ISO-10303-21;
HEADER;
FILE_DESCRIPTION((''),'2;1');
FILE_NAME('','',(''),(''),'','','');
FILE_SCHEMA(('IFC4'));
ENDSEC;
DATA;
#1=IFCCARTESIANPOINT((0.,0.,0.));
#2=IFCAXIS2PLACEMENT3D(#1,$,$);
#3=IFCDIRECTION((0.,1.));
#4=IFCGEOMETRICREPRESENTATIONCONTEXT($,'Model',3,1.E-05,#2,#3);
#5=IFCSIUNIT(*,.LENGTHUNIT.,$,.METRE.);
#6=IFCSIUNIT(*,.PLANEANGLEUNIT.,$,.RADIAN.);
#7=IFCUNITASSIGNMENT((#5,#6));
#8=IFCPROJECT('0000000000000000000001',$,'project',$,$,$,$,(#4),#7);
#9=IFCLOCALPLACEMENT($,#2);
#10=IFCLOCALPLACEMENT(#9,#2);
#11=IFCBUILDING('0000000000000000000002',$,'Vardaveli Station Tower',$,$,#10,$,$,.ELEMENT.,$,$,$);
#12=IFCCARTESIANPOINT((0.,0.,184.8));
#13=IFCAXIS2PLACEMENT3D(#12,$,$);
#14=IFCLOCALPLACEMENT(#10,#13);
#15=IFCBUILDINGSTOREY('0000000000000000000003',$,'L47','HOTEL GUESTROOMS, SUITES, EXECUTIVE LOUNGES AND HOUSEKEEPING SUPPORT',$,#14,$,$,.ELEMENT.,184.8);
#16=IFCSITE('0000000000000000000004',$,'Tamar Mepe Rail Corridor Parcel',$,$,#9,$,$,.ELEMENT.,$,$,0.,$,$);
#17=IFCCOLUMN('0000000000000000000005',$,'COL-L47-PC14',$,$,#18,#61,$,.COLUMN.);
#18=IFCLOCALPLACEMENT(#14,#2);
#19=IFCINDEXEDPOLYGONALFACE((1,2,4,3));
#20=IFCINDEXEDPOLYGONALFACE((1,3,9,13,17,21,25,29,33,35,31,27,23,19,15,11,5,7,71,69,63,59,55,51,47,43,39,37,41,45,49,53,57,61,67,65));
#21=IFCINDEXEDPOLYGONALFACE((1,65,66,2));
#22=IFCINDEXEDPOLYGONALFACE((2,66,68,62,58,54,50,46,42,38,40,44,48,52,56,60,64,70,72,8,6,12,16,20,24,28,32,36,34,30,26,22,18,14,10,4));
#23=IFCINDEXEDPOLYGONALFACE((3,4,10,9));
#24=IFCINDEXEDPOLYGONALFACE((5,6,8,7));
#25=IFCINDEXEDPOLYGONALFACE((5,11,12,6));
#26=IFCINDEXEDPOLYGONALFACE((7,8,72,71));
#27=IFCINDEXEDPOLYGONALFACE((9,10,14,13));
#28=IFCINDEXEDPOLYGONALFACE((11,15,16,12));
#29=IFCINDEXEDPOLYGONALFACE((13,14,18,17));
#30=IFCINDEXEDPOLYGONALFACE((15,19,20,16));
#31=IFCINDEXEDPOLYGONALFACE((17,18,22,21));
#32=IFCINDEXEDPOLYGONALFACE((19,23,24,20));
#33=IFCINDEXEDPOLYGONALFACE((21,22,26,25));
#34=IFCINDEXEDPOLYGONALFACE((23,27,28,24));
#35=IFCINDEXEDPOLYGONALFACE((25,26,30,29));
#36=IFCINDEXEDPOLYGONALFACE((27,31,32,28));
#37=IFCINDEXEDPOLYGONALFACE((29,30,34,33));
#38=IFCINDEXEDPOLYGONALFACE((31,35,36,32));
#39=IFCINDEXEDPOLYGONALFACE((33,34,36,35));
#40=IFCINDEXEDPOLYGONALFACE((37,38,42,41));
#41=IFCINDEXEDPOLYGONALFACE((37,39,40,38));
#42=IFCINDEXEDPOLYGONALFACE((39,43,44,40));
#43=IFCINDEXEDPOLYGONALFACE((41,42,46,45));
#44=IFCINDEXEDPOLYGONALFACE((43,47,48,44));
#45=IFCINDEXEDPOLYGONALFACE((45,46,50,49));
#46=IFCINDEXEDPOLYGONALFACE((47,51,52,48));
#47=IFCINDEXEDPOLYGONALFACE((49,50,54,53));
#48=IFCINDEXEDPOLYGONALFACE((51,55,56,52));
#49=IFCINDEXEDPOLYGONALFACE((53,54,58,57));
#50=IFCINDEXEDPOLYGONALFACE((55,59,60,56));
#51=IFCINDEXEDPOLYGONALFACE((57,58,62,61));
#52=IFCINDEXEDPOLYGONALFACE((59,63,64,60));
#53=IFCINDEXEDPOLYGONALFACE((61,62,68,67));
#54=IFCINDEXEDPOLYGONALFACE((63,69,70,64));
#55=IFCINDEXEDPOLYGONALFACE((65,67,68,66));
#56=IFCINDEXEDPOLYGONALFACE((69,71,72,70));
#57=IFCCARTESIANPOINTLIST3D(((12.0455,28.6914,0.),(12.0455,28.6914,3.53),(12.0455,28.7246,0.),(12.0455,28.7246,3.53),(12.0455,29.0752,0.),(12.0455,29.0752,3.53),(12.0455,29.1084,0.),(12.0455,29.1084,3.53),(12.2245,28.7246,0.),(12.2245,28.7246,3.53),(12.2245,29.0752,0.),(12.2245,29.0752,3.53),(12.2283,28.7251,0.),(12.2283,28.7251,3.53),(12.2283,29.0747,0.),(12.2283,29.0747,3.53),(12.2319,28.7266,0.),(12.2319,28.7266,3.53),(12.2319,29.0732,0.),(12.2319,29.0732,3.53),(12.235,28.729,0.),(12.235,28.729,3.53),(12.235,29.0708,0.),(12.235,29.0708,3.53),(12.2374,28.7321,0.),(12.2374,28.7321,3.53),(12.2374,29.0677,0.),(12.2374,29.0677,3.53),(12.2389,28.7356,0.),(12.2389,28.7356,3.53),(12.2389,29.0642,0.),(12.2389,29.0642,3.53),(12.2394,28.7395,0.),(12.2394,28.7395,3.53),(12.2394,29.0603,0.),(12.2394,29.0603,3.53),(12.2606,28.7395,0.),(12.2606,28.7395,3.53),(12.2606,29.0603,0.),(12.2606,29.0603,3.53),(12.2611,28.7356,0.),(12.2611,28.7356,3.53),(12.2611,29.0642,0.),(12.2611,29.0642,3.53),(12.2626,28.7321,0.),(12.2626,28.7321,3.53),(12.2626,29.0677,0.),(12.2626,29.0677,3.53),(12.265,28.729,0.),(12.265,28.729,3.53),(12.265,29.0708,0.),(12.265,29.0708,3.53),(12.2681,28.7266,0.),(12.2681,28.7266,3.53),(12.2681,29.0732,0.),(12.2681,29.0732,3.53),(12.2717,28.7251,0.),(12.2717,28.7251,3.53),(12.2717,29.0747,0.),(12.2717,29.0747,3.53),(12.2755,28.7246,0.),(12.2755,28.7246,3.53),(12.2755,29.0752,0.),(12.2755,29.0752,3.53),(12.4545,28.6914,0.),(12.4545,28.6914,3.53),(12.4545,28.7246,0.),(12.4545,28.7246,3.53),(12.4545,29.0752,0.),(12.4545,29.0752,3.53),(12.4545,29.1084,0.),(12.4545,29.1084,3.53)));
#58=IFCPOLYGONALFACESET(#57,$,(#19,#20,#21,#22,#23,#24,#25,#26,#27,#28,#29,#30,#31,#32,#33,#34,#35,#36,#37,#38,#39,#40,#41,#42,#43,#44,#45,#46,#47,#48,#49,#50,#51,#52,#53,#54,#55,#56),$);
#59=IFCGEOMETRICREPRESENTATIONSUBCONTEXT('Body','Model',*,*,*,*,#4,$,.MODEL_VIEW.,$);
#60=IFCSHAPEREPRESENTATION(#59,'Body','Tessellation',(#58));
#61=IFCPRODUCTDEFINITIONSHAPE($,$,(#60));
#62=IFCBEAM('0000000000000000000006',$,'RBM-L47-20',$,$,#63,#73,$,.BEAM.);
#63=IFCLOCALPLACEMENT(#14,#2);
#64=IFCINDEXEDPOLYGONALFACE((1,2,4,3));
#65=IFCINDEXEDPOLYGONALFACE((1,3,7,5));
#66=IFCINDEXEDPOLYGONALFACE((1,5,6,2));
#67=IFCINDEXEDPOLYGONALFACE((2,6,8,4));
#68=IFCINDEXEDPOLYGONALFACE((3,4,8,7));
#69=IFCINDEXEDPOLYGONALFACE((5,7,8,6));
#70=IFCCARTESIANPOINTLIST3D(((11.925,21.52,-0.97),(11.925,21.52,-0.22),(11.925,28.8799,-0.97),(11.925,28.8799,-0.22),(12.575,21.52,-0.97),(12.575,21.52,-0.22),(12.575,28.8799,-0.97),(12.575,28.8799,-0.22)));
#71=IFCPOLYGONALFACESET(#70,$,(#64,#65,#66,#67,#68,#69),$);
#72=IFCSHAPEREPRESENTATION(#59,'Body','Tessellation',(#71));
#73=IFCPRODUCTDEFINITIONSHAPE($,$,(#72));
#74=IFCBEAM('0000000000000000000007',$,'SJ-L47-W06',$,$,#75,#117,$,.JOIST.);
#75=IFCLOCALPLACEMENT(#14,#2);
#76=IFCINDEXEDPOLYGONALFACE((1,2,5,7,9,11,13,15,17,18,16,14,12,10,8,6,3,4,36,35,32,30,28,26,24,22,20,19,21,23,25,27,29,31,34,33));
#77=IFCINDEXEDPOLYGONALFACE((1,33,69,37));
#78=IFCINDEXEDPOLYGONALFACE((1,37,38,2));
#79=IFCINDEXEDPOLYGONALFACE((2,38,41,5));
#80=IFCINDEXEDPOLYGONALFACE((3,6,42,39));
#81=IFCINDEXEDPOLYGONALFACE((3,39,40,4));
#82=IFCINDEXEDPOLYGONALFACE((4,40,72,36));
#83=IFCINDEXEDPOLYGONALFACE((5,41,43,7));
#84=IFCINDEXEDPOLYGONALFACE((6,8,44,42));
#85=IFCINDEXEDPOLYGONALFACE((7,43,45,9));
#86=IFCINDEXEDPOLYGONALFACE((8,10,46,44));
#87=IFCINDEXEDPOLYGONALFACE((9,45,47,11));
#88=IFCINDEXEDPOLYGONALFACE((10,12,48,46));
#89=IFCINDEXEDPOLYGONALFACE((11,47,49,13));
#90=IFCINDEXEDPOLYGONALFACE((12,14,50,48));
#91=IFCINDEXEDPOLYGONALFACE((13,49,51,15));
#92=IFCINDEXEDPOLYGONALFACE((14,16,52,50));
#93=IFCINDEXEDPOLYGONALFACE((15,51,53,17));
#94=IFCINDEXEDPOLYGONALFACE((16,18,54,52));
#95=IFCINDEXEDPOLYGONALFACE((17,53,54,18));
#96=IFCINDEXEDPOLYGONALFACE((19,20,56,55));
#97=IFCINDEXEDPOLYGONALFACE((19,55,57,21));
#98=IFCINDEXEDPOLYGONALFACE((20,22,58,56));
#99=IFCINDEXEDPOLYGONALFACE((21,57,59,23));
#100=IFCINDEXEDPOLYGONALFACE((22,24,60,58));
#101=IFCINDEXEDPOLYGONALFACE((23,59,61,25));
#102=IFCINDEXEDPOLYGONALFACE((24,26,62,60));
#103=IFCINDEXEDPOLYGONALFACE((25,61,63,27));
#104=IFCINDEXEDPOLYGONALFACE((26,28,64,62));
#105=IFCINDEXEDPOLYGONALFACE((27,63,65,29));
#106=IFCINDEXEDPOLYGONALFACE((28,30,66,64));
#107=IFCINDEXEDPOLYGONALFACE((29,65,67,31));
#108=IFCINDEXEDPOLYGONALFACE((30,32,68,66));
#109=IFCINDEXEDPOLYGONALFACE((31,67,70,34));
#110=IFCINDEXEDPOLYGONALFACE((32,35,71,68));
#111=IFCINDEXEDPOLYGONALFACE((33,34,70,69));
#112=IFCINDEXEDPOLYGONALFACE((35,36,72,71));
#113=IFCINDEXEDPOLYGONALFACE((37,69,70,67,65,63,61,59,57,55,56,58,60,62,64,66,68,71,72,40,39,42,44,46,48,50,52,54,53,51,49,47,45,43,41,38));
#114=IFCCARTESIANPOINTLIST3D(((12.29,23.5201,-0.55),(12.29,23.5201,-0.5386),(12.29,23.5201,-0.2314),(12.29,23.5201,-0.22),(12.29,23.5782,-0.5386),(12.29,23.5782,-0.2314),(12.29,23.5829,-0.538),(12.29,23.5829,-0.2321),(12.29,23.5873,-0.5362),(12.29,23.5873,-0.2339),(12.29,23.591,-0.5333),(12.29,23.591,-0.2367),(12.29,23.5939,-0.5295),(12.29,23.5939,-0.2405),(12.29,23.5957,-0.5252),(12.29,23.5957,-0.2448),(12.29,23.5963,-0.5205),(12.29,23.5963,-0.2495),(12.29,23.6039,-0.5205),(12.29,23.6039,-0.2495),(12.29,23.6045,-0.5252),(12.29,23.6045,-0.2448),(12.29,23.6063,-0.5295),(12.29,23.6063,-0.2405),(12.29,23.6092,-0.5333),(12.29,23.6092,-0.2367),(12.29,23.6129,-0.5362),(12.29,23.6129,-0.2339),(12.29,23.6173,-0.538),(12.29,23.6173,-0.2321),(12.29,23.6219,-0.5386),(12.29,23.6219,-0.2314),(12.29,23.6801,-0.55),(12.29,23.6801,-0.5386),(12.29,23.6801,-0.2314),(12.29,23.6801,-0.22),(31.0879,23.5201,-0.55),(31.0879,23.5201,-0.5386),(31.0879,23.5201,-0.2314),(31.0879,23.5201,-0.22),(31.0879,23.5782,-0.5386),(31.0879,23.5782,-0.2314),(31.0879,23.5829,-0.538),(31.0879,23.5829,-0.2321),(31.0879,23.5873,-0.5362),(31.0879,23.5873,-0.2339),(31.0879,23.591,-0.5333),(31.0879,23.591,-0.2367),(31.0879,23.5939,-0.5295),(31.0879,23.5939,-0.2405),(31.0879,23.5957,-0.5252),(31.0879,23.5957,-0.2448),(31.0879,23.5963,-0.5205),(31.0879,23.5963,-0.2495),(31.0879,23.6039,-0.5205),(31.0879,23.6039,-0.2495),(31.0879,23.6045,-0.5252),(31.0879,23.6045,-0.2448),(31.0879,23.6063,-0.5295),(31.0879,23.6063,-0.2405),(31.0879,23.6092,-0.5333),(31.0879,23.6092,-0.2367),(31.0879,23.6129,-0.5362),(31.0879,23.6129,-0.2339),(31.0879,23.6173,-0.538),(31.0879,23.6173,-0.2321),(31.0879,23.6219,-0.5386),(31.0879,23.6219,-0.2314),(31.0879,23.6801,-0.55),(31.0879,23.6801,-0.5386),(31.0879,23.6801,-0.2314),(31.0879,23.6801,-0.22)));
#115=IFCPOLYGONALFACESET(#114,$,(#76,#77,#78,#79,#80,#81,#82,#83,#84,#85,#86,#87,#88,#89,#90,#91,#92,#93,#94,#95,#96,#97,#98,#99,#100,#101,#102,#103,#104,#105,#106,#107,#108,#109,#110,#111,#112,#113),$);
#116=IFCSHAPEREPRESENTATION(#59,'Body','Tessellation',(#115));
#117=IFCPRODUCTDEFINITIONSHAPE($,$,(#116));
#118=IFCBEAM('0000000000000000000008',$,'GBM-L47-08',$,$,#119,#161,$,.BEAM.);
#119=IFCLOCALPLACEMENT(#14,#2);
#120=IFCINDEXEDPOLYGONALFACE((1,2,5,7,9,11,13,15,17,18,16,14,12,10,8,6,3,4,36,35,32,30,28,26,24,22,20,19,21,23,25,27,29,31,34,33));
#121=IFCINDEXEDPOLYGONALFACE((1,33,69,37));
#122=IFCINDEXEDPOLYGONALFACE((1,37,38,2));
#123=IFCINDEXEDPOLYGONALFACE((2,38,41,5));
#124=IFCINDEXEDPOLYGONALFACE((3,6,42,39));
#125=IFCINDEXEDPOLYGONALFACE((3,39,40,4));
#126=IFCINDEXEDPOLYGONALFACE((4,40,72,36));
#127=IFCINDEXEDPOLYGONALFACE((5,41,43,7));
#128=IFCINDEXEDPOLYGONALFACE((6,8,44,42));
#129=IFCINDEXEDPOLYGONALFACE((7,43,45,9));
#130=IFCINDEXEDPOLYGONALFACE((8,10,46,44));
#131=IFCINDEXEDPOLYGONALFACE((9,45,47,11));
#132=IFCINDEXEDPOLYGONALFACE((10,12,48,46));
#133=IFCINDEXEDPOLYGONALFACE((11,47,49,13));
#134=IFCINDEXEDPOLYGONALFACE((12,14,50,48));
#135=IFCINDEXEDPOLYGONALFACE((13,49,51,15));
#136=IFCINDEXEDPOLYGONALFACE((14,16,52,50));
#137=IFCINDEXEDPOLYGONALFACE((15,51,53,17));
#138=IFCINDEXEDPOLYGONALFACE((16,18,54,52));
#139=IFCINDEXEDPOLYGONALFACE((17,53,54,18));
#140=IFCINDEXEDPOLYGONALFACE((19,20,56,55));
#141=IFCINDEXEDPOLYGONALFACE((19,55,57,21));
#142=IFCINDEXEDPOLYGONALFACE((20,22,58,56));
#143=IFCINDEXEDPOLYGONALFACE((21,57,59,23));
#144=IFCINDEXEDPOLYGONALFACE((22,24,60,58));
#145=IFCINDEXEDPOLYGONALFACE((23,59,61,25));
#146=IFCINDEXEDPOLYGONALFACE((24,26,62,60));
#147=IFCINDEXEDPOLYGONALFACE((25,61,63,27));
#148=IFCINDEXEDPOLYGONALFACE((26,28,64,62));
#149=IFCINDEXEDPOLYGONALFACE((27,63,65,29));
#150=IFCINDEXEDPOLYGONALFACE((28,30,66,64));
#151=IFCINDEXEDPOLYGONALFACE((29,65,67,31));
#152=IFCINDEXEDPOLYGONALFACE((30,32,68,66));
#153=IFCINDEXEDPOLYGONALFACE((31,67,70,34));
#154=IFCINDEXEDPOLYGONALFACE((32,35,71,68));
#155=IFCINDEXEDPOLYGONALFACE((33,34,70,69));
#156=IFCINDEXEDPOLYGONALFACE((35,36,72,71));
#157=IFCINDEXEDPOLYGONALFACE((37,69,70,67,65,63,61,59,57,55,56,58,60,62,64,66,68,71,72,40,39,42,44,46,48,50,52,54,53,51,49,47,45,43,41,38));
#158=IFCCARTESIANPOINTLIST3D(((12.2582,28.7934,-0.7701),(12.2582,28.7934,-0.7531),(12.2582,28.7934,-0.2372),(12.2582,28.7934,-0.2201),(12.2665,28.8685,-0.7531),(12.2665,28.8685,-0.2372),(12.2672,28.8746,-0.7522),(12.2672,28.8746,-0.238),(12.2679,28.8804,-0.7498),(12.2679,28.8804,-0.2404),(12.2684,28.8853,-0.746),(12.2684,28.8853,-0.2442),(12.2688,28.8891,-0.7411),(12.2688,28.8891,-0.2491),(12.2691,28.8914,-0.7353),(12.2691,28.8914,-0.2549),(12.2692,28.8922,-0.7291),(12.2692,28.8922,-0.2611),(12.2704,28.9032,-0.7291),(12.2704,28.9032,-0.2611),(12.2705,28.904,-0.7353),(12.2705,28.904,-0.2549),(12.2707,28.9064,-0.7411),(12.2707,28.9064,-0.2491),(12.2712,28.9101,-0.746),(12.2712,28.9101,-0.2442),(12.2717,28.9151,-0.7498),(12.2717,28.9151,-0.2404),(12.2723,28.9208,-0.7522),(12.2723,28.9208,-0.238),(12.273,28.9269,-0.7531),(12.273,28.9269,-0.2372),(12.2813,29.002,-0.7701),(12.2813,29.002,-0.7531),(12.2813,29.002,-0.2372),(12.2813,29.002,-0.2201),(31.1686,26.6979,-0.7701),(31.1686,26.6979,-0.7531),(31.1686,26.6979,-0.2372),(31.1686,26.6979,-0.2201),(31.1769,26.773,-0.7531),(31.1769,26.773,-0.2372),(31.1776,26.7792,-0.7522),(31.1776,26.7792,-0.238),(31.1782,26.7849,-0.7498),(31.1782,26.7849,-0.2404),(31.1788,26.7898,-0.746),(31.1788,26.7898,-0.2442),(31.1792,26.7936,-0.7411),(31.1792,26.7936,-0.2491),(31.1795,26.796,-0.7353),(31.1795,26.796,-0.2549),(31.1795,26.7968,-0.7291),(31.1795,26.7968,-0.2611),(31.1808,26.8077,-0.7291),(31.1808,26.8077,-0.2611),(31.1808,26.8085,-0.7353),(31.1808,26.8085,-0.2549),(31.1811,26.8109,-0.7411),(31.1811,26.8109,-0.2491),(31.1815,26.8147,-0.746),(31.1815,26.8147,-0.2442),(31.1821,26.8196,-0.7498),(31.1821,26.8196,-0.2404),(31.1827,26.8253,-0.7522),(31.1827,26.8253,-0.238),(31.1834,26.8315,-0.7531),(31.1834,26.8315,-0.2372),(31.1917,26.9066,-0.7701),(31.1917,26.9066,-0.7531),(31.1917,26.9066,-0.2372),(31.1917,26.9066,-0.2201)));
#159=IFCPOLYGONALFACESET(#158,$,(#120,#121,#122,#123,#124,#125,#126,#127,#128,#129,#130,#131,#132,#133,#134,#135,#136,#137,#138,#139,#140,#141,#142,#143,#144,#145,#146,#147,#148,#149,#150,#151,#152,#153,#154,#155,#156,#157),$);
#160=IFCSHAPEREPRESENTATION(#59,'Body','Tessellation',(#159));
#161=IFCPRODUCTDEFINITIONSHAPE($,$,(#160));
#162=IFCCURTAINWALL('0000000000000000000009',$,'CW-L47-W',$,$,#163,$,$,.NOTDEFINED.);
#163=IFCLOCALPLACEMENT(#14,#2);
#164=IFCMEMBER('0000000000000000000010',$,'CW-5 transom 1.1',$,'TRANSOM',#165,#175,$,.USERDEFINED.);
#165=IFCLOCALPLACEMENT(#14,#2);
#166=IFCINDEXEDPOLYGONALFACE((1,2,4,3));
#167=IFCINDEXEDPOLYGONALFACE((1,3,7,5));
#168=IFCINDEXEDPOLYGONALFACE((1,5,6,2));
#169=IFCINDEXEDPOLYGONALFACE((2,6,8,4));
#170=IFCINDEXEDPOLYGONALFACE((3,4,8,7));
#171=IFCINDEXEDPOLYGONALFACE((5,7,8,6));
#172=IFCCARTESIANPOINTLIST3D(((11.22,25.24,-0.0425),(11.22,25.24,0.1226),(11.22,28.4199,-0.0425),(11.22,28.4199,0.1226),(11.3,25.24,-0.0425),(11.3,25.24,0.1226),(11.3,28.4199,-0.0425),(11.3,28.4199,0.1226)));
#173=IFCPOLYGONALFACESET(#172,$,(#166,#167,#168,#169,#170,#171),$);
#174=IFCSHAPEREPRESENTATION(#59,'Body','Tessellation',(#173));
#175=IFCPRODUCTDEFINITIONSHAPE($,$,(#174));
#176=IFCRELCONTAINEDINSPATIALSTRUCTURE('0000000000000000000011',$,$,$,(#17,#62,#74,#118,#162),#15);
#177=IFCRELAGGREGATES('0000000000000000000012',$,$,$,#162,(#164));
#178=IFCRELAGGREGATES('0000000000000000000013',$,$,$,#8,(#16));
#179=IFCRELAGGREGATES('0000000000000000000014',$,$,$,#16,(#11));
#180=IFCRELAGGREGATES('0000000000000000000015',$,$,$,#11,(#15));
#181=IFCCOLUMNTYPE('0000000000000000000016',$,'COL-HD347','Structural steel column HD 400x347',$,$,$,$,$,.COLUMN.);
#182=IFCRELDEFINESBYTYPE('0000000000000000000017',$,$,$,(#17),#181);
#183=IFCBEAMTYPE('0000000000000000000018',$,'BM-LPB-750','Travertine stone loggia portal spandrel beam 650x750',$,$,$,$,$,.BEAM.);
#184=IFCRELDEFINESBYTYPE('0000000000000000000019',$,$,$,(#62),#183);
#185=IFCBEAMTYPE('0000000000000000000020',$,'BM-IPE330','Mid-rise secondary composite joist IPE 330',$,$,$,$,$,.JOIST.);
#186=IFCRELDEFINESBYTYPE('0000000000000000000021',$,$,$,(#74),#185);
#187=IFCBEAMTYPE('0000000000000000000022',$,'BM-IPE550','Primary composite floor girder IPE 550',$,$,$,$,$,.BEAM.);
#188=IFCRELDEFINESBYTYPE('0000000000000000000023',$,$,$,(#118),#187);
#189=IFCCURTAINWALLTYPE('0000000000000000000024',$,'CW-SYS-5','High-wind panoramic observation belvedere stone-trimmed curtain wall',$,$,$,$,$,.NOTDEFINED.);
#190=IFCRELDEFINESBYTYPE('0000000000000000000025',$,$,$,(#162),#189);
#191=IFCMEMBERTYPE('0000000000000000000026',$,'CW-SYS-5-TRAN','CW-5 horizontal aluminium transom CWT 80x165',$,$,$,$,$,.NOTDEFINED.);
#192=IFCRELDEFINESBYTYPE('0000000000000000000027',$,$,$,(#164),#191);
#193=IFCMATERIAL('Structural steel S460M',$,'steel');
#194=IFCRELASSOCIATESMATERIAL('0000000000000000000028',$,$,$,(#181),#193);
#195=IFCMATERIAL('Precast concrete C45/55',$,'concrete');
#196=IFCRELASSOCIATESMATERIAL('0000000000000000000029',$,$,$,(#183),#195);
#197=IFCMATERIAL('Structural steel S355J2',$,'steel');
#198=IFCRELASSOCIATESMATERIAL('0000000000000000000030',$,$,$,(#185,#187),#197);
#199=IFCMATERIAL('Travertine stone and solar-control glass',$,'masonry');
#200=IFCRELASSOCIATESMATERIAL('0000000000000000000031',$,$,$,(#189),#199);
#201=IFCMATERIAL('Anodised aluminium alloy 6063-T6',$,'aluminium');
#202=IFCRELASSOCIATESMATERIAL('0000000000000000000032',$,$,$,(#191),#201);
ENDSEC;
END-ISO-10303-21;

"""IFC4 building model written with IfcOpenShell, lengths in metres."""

from ifc_helpers import new_model, si_unit, direction, frame, origin, origin_2d, place, context, subcontext, project, spatial, rectangle, i_section, extrude, source, transform, mapped, material, material_profile, profile_set, type_object, element, aggregate, save


model = new_model("IFC4")

# Units and contexts
model_context = context("Model", 3, precision=1e-05, world=origin(), true_north=direction((0.0, 1.0)))
body_context = subcontext(model_context, "Body", "Model", "MODEL_VIEW")
ifc_project = project(units=[si_unit("LENGTHUNIT", "METRE"), si_unit("PLANEANGLEUNIT", "RADIAN")], contexts=[model_context])

# Site, building, storey
site_placement = place(None, origin())
site = spatial("IfcSite", under=ifc_project, at=site_placement, Name="Tamar Mepe Rail Corridor Parcel", CompositionType="ELEMENT", RefElevation=0.0)
building_placement = place(site_placement, origin())
building = spatial("IfcBuilding", under=site, at=building_placement, Name="Vardaveli Station Tower", CompositionType="ELEMENT")
storey_placement = place(building_placement, frame((0.0, 0.0, 184.8)))
storey = spatial("IfcBuildingStorey", under=building, at=storey_placement, Name="L47", Description="HOTEL GUESTROOMS, SUITES, EXECUTIVE LOUNGES AND HOUSEKEEPING SUPPORT", CompositionType="ELEMENT", Elevation=184.8)

# Column
ifc_material_1 = material(Name="Structural steel S460M", Category="steel")
ifc_material_profile_1 = material_profile(ifc_material_1, i_section(OverallWidth=0.4089, OverallDepth=0.417, WebThickness=0.0212, FlangeThickness=0.0332, FilletRadius=0.0149, at=origin_2d()), Name="HD 400x347")
ifc_profile_set_1 = profile_set([ifc_material_profile_1], Name="Structural steel S460M")
column_type = type_object("IfcColumnType", Name="COL-HD347", Description="Structural steel column HD 400x347", PredefinedType="COLUMN", material=ifc_profile_set_1)
shared_shape_1 = source(origin(), body_context, "Body", "SweptSolid", [
    extrude(i_section(OverallWidth=0.4089, OverallDepth=0.417, WebThickness=0.0212, FlangeThickness=0.0332, FilletRadius=0.0149, at=origin_2d()), origin(), (0.0, 0.0, 1.0), 3.53),
])
column_placement = place(storey_placement, frame((12.25, 28.8999, 0.0), z_axis=(0.0, 0.0, 1.0), x_axis=(1.0, 0.0, 0.0)))
element("IfcColumn", 1, at=column_placement, inside=storey, type_object=column_type, Name="COL-L47-PC14", PredefinedType="COLUMN", context=body_context, shape_type="MappedRepresentation", body=[
    mapped(shared_shape_1, transform((0.0, 0.0, 0.0), scale=1.0)),
])

# Beams
ifc_material_2 = material(Name="Precast concrete C45/55", Category="concrete")
ifc_material_profile_2 = material_profile(ifc_material_2, rectangle(XDim=0.6499, YDim=0.75, at=origin_2d()), Name="LPB 650x750")
ifc_profile_set_2 = profile_set([ifc_material_profile_2], Name="Precast concrete C45/55")
beam_type_1 = type_object("IfcBeamType", Name="BM-LPB-750", Description="Travertine stone loggia portal spandrel beam 650x750", PredefinedType="BEAM", material=ifc_profile_set_2)
shared_shape_2 = source(origin(), body_context, "Body", "SweptSolid", [
    extrude(rectangle(XDim=0.6499, YDim=0.75, at=origin_2d()), origin(), (0.0, 0.0, 1.0), 7.3599),
])
beam_1_placement = place(storey_placement, frame((12.25, 28.8799, -0.595), z_axis=(0.0, -1.0, 0.0), x_axis=(1.0, 0.0, 0.0)))
element("IfcBeam", 2, at=beam_1_placement, inside=storey, type_object=beam_type_1, Name="RBM-L47-20", PredefinedType="BEAM", context=body_context, shape_type="MappedRepresentation", body=[
    mapped(shared_shape_2, transform((0.0, 0.0, 0.0), scale=1.0)),
])
ifc_material_3 = material(Name="Structural steel S355J2", Category="steel")
ifc_material_profile_3 = material_profile(ifc_material_3, i_section(OverallWidth=0.1599, OverallDepth=0.3301, WebThickness=0.0076, FlangeThickness=0.0115, FilletRadius=0.0181, at=origin_2d()), Name="IPE 330")
ifc_profile_set_3 = profile_set([ifc_material_profile_3], Name="Structural steel S355J2")
beam_type_2 = type_object("IfcBeamType", Name="BM-IPE330", Description="Mid-rise secondary composite joist IPE 330", PredefinedType="JOIST", material=ifc_profile_set_3)
shared_shape_3 = source(origin(), body_context, "Body", "SweptSolid", [
    extrude(i_section(OverallWidth=0.1599, OverallDepth=0.3301, WebThickness=0.0076, FlangeThickness=0.0115, FilletRadius=0.0181, at=origin_2d()), origin(), (0.0, 0.0, 1.0), 18.7979),
])
beam_2_placement = place(storey_placement, frame((12.29, 23.6001, -0.385), z_axis=(1.0, 0.0, 0.0), x_axis=(0.0, 1.0, 0.0)))
element("IfcBeam", 3, at=beam_2_placement, inside=storey, type_object=beam_type_2, Name="SJ-L47-W06", PredefinedType="JOIST", context=body_context, shape_type="MappedRepresentation", body=[
    mapped(shared_shape_3, transform((0.0, 0.0, 0.0), scale=1.0)),
])
ifc_material_profile_4 = material_profile(ifc_material_3, i_section(OverallWidth=0.21, OverallDepth=0.55, WebThickness=0.011, FlangeThickness=0.0171, FilletRadius=0.0239, at=origin_2d()), Name="IPE 550")
ifc_profile_set_4 = profile_set([ifc_material_profile_4], Name="Structural steel S355J2")
beam_type_3 = type_object("IfcBeamType", Name="BM-IPE550", Description="Primary composite floor girder IPE 550", PredefinedType="BEAM", material=ifc_profile_set_4)
shared_shape_4 = source(origin(), body_context, "Body", "SweptSolid", [
    extrude(i_section(OverallWidth=0.21, OverallDepth=0.55, WebThickness=0.011, FlangeThickness=0.0171, FilletRadius=0.0239, at=origin_2d()), origin(), (0.0, 0.0, 1.0), 19.0261),
])
beam_3_placement = place(storey_placement, frame((12.2698, 28.8977, -0.4951), z_axis=(0.993917, -0.110136, 0.0), x_axis=(0.110136, 0.993917, 0.0)))
element("IfcBeam", 4, at=beam_3_placement, inside=storey, type_object=beam_type_3, Name="GBM-L47-08", PredefinedType="BEAM", context=body_context, shape_type="MappedRepresentation", body=[
    mapped(shared_shape_4, transform((0.0, 0.0, 0.0), scale=1.0)),
])

# Curtain wall, member
ifc_material_4 = material(Name="Travertine stone and solar-control glass", Category="masonry")
curtain_wall_type = type_object("IfcCurtainWallType", Name="CW-SYS-5", Description="High-wind panoramic observation belvedere stone-trimmed curtain wall", PredefinedType="NOTDEFINED", material=ifc_material_4)
curtain_wall_placement = place(storey_placement, origin())
curtain_wall = element("IfcCurtainWall", 5, at=curtain_wall_placement, inside=storey, type_object=curtain_wall_type, Name="CW-L47-W", PredefinedType="NOTDEFINED")
ifc_material_5 = material(Name="Anodised aluminium alloy 6063-T6", Category="aluminium")
ifc_material_profile_5 = material_profile(ifc_material_5, rectangle(XDim=0.0801, YDim=0.165, at=origin_2d()), Name="CWT 80x165")
ifc_profile_set_5 = profile_set([ifc_material_profile_5], Name="Anodised aluminium alloy 6063-T6")
member_type_1 = type_object("IfcMemberType", Name="CW-SYS-5-TRAN", Description="CW-5 horizontal aluminium transom CWT 80x165", PredefinedType="NOTDEFINED", material=ifc_profile_set_5)
shared_shape_5 = source(origin(), body_context, "Body", "SweptSolid", [
    extrude(rectangle(XDim=0.0801, YDim=0.165, at=origin_2d()), origin(), (0.0, 0.0, 1.0), 3.1799),
])
member_1_placement = place(storey_placement, frame((11.26, 28.4199, 0.04), z_axis=(0.0, -1.0, 0.0), x_axis=(1.0, 0.0, 0.0)))
member_1 = element("IfcMember", 6, at=member_1_placement, type_object=member_type_1, Name="CW-5 transom 1.1", ObjectType="TRANSOM", PredefinedType="USERDEFINED", context=body_context, shape_type="MappedRepresentation", body=[
    mapped(shared_shape_5, transform((0.0, 0.0, 0.0), scale=1.0)),
])
aggregate(curtain_wall, [member_1])

save(model, "model.ifc")
